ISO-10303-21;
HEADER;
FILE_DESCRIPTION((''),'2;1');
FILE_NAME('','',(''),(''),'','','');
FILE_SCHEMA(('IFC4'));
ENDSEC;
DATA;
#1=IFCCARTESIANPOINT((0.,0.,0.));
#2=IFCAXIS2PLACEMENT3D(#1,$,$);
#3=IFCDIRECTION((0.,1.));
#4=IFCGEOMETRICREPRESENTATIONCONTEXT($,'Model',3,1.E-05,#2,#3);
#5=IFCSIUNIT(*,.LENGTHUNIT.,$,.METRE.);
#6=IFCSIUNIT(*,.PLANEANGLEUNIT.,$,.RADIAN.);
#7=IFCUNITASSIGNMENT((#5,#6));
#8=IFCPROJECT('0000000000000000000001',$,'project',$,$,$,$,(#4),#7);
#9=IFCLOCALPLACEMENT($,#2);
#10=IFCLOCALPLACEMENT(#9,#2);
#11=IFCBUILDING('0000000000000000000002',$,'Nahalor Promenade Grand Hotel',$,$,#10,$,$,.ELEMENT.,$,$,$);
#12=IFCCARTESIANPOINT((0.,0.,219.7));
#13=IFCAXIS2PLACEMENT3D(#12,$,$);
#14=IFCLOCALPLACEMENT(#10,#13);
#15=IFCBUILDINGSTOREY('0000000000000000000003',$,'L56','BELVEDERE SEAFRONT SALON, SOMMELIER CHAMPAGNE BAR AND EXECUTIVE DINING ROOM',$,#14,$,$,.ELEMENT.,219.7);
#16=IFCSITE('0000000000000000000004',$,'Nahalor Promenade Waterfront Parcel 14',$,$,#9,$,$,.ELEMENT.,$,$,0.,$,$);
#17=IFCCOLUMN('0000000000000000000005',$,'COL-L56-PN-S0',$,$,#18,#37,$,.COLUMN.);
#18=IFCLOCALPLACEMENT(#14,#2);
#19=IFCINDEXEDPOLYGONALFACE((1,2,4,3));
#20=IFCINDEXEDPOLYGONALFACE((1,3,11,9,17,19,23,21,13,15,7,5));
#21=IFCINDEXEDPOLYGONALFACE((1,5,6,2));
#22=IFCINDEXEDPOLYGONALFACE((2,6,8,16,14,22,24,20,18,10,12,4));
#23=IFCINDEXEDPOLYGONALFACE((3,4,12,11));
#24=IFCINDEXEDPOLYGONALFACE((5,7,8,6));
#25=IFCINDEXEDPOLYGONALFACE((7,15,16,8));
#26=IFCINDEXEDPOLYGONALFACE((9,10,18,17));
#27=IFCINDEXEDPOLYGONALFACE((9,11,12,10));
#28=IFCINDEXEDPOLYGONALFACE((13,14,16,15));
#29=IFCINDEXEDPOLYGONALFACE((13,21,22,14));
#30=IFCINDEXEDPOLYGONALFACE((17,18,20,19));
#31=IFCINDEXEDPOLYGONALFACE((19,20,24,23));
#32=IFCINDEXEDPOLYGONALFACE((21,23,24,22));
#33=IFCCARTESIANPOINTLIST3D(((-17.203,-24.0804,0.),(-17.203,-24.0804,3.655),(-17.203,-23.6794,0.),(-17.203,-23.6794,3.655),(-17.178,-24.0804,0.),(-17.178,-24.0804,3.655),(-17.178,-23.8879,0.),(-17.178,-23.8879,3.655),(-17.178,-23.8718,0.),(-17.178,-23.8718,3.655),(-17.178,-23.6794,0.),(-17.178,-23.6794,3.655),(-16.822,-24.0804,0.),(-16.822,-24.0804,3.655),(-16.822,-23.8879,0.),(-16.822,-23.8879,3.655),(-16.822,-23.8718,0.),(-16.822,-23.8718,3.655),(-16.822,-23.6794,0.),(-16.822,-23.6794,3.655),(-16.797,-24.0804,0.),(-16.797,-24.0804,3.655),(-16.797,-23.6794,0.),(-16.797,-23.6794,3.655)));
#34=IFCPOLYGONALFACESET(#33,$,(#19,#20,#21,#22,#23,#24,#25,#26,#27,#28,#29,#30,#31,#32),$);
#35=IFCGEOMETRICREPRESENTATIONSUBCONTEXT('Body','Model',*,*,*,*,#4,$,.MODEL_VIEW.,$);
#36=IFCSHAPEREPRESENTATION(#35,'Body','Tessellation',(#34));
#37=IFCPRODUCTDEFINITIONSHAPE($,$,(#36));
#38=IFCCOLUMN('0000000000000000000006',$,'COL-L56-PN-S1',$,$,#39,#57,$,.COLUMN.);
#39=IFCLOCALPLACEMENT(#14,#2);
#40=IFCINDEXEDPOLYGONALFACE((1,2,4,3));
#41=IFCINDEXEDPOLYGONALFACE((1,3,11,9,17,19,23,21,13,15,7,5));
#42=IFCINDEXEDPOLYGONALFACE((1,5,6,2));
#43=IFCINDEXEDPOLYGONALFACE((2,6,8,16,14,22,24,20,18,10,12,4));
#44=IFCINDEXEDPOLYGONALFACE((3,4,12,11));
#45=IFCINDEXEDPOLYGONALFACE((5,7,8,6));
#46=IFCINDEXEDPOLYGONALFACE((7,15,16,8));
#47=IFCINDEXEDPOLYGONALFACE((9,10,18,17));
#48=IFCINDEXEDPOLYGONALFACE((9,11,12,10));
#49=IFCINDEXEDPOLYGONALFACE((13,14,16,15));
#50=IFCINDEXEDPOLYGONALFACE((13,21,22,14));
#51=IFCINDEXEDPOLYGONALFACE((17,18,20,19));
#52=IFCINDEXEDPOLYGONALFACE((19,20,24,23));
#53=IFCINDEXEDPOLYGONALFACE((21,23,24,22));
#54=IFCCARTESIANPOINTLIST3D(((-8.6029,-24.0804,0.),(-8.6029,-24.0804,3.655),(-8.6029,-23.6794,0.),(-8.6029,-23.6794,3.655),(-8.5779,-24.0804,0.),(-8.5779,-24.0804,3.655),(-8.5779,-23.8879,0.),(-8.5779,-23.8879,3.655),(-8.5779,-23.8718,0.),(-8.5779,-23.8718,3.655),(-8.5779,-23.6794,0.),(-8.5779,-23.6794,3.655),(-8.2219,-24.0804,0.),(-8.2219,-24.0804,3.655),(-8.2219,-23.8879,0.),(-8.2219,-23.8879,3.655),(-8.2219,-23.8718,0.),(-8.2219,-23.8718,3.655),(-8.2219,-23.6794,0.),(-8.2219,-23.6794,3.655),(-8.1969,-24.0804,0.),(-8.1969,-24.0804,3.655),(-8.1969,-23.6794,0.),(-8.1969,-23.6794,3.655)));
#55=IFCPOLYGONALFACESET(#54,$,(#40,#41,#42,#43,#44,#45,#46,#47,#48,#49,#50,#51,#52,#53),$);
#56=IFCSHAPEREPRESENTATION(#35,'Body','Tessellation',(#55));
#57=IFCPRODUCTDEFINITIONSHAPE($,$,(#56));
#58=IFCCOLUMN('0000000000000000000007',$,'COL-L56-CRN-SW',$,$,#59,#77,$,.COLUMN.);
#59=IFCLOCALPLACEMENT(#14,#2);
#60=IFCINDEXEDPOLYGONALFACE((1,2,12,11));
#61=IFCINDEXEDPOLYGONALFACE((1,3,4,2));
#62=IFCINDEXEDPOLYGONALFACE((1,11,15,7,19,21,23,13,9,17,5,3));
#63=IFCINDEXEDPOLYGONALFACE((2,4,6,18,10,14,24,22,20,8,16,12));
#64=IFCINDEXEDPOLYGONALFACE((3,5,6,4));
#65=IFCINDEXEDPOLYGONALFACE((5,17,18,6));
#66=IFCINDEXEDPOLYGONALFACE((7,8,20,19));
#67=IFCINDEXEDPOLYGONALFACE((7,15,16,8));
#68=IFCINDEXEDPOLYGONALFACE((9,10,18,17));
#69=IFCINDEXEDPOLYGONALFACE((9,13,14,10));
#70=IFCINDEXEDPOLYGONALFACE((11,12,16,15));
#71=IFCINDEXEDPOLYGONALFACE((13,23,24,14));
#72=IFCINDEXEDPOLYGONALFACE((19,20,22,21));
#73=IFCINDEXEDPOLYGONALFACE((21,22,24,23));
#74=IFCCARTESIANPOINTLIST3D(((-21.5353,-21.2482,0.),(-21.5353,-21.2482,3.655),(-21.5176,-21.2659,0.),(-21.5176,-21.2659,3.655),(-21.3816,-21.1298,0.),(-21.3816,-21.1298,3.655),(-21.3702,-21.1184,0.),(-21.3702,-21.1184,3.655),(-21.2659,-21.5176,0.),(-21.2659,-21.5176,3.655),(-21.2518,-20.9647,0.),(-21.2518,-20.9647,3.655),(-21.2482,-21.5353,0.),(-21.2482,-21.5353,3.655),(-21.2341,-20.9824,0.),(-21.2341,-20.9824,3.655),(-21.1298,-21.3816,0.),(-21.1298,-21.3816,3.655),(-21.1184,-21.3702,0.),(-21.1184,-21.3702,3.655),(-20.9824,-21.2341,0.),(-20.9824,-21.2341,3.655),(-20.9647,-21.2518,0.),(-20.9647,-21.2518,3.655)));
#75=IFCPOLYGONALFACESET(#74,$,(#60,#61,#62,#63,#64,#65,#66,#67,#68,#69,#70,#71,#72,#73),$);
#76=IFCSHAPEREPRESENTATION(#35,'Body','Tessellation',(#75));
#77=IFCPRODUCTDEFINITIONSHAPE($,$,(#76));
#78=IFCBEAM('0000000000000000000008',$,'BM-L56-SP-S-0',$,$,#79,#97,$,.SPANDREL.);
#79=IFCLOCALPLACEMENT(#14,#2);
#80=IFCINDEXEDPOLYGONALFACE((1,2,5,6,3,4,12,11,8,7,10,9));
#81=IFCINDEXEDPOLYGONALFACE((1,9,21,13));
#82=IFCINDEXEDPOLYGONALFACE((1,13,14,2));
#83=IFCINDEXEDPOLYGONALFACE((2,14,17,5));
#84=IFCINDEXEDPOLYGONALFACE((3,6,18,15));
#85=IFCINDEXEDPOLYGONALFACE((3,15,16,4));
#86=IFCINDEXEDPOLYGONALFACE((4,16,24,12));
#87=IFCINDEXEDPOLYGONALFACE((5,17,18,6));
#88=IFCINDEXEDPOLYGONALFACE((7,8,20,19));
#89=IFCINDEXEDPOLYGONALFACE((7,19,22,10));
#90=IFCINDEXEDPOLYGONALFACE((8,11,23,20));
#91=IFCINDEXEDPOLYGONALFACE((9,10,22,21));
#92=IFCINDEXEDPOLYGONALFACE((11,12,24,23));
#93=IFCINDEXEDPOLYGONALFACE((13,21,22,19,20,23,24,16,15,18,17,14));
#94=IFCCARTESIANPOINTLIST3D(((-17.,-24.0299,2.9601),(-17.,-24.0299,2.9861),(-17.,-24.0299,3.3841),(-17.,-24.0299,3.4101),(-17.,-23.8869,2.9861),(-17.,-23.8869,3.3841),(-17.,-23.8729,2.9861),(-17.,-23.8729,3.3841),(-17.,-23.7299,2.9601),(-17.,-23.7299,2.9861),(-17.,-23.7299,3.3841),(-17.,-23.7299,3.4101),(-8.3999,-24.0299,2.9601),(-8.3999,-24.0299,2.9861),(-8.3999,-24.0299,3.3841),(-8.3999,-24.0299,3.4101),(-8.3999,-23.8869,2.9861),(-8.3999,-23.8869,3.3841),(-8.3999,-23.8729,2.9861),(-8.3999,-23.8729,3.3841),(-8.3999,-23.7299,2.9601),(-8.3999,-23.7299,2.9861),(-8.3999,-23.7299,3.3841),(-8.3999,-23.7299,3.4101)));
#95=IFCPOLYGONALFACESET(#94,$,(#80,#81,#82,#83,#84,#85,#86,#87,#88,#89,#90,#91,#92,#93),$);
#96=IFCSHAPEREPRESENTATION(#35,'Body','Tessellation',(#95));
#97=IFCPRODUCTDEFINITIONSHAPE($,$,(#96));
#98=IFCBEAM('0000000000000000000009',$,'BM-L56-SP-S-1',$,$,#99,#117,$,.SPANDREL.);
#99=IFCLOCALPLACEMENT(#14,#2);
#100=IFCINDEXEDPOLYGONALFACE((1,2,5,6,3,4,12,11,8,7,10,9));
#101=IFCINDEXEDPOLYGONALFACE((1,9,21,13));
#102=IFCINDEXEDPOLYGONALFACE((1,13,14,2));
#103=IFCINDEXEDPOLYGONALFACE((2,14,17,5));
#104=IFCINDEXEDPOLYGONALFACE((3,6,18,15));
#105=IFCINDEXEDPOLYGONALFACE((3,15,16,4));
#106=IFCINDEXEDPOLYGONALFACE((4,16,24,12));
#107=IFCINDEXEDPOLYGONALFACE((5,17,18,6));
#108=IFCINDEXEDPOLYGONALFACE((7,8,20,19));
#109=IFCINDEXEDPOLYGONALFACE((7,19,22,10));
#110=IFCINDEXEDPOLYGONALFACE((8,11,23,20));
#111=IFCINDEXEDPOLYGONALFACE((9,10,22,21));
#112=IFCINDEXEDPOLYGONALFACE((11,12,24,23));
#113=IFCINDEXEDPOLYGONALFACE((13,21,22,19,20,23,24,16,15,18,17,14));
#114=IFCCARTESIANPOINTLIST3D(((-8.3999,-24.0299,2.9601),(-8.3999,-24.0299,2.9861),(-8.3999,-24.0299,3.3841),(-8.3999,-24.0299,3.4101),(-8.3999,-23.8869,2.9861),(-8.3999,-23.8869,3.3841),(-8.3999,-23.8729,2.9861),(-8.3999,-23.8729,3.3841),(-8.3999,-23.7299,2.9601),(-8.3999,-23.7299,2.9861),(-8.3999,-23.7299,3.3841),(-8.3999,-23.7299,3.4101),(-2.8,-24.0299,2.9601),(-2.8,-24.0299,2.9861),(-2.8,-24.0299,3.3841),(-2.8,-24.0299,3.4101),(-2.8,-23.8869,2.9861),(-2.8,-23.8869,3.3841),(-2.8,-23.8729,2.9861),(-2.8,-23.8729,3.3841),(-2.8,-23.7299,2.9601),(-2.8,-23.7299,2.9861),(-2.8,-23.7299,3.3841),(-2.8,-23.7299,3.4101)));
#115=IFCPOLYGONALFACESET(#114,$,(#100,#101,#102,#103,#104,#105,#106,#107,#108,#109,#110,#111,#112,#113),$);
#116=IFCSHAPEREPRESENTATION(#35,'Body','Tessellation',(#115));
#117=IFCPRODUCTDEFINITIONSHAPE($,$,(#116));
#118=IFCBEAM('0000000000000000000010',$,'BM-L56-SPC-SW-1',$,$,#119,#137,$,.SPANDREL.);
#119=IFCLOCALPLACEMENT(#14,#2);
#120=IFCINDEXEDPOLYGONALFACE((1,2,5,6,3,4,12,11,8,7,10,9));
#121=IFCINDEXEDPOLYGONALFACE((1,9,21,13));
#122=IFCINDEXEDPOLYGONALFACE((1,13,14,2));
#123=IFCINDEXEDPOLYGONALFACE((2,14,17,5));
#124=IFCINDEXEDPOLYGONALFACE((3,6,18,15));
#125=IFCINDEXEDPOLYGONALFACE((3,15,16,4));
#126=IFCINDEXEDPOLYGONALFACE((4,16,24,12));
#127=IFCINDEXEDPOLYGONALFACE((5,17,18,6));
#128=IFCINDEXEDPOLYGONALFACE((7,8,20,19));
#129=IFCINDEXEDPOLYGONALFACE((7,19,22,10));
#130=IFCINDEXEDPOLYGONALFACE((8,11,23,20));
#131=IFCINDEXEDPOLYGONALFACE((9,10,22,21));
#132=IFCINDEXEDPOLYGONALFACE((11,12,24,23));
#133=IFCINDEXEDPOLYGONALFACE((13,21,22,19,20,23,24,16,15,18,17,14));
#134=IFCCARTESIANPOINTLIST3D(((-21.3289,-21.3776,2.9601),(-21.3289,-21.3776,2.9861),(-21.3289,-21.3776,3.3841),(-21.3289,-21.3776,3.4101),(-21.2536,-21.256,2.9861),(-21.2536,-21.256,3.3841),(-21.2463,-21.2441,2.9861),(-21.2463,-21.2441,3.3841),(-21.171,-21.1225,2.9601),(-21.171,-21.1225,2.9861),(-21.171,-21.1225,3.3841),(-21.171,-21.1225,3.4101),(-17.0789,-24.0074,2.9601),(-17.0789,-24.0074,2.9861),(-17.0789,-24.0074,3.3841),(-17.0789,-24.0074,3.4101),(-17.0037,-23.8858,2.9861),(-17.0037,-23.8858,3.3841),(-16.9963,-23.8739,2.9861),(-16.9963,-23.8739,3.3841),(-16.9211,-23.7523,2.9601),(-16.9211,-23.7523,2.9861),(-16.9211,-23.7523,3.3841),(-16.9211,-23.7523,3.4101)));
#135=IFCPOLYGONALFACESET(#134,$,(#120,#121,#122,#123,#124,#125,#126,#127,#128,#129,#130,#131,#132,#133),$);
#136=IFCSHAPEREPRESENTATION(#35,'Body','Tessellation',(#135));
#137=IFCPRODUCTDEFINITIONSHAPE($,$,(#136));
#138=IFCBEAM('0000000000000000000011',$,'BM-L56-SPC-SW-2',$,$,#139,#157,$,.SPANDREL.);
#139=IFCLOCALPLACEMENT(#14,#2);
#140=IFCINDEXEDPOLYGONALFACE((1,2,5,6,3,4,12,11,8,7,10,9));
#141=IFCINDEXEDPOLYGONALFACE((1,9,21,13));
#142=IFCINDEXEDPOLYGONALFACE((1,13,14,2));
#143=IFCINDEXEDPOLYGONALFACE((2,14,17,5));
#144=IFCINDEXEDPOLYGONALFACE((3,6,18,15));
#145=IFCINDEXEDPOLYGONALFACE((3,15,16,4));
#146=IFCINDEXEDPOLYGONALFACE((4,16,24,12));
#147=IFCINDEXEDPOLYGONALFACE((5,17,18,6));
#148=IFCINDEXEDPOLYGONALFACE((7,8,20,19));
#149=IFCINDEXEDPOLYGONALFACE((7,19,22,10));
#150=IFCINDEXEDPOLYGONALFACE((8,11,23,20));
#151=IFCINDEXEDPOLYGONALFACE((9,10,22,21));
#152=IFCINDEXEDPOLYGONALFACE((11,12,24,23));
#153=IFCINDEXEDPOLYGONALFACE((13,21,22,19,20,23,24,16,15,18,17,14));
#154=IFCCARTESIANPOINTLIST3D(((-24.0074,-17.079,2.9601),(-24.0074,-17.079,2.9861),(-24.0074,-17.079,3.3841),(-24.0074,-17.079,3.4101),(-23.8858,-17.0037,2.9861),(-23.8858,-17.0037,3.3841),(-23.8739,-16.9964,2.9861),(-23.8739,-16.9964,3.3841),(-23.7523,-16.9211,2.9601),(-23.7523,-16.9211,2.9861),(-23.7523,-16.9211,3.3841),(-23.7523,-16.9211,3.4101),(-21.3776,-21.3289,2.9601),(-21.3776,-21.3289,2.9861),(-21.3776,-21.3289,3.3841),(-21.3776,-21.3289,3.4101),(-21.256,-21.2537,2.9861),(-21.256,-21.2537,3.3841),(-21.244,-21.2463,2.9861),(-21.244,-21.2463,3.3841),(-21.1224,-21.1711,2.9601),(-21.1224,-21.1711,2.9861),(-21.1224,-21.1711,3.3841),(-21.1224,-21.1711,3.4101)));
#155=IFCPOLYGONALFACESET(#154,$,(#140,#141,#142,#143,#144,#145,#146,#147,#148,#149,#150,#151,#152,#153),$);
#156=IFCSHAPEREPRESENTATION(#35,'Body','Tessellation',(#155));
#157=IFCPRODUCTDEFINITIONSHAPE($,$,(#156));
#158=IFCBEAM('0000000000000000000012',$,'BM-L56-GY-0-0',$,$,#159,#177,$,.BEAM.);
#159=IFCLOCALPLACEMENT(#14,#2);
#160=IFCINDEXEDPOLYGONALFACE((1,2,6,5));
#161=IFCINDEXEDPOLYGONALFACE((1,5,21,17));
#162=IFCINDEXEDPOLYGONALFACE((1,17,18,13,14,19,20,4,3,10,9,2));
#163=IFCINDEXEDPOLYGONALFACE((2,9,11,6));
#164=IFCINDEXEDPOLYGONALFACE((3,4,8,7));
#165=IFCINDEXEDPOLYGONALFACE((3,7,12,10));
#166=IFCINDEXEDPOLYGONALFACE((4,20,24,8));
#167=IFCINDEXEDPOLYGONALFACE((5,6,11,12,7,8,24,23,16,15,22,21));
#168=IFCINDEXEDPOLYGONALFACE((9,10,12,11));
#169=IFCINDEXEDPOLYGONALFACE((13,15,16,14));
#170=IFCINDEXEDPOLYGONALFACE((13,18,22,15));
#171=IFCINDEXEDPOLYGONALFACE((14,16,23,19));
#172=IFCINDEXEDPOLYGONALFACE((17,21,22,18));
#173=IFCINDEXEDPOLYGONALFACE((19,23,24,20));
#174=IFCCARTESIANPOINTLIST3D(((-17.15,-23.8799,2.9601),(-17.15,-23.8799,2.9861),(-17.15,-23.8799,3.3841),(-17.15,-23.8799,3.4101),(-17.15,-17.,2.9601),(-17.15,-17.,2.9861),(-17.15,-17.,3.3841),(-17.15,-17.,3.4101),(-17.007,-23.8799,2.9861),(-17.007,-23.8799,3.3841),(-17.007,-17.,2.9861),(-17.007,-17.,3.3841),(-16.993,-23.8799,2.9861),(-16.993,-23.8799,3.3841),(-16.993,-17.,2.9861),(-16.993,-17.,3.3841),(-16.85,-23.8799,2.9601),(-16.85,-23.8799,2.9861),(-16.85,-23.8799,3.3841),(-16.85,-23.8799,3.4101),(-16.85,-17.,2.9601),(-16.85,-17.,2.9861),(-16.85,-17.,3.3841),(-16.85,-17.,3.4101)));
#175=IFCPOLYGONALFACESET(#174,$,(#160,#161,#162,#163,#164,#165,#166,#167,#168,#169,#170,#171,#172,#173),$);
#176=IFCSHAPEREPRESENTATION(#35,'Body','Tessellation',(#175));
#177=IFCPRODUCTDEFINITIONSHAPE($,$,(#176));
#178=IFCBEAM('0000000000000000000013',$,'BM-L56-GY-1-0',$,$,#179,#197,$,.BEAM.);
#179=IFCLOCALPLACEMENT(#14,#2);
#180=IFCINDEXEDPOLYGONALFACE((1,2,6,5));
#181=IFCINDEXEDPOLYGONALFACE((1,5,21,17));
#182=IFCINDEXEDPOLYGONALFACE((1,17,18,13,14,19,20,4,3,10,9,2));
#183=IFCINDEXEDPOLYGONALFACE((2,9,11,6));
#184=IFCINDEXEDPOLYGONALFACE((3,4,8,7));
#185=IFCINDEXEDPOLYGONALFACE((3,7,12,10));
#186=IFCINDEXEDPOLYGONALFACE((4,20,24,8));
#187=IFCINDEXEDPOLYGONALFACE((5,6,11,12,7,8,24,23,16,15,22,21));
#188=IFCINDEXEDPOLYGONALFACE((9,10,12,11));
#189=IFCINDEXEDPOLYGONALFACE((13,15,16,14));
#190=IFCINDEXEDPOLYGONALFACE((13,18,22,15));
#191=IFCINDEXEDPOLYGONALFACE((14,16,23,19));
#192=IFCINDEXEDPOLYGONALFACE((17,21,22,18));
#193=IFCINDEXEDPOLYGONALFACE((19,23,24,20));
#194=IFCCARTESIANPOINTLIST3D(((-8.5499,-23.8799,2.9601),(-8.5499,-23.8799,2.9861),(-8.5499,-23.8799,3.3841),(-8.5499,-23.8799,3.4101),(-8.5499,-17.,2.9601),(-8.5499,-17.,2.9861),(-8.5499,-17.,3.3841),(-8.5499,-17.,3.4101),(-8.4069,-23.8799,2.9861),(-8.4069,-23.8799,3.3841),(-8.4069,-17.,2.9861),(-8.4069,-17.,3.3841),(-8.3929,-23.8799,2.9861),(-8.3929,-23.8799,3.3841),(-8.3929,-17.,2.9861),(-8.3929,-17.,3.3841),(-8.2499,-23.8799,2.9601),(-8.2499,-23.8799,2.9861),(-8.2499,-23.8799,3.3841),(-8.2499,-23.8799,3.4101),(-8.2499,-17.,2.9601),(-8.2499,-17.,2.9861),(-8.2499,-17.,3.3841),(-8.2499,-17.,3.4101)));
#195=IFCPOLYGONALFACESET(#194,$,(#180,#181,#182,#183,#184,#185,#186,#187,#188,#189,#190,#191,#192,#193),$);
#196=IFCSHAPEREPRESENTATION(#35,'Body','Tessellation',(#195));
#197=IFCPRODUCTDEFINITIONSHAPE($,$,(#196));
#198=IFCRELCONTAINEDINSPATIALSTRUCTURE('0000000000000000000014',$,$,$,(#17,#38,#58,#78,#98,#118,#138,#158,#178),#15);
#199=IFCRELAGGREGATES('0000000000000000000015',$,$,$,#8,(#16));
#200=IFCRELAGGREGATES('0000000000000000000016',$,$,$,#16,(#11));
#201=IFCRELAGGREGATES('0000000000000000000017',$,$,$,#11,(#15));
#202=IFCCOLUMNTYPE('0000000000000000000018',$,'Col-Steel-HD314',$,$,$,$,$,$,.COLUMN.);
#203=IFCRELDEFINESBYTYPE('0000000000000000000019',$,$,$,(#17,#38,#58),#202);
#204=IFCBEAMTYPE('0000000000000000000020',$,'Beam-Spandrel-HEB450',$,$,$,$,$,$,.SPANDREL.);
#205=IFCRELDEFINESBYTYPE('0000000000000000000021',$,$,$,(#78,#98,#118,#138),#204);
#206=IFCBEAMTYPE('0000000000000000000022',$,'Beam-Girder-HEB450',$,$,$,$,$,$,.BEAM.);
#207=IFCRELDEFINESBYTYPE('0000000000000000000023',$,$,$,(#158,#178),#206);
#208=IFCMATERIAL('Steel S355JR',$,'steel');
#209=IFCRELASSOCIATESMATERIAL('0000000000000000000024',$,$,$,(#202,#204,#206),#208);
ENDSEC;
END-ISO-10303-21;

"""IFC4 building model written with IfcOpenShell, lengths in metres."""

from ifc_helpers import new_model, si_unit, direction, frame, origin, origin_2d, place, context, subcontext, project, spatial, i_section, extrude, source, transform, mapped, material, material_profile, profile_set, type_object, element, save


model = new_model("IFC4")

# Units and contexts
model_context = context("Model", 3, precision=1e-05, world=origin(), true_north=direction((0.0, 1.0)))
body_context = subcontext(model_context, "Body", "Model", "MODEL_VIEW")
ifc_project = project(units=[si_unit("LENGTHUNIT", "METRE"), si_unit("PLANEANGLEUNIT", "RADIAN")], contexts=[model_context])

# Site, building, storey
site_placement = place(None, origin())
site = spatial("IfcSite", under=ifc_project, at=site_placement, Name="Nahalor Promenade Waterfront Parcel 14", CompositionType="ELEMENT", RefElevation=0.0)
building_placement = place(site_placement, origin())
building = spatial("IfcBuilding", under=site, at=building_placement, Name="Nahalor Promenade Grand Hotel", CompositionType="ELEMENT")
storey_placement = place(building_placement, frame((0.0, 0.0, 219.7)))
storey = spatial("IfcBuildingStorey", under=building, at=storey_placement, Name="L56", Description="BELVEDERE SEAFRONT SALON, SOMMELIER CHAMPAGNE BAR AND EXECUTIVE DINING ROOM", CompositionType="ELEMENT", Elevation=219.7)

# Columns
ifc_material_1 = material(Name="Steel S355JR", Category="steel")
ifc_material_profile_1 = material_profile(ifc_material_1, i_section(OverallWidth=0.401, OverallDepth=0.406, WebThickness=0.0161, FlangeThickness=0.025, at=origin_2d()), Name="HD 400x314")
ifc_profile_set_1 = profile_set([ifc_material_profile_1], Name="Steel S355JR")
column_type = type_object("IfcColumnType", Name="Col-Steel-HD314", PredefinedType="COLUMN", material=ifc_profile_set_1)
shared_shape_1 = source(origin(), body_context, "Body", "SweptSolid", [
    extrude(i_section(OverallWidth=0.401, OverallDepth=0.406, WebThickness=0.0161, FlangeThickness=0.025, at=origin_2d()), origin(), (0.0, 0.0, 1.0), 3.655),
])
for number, where, z_axis, x_axis, name in (
    (1, (-17.0, -23.8799, 0.0), (0.0, 0.0, 1.0), (0.0, 1.0, 0.0), "COL-L56-PN-S0"),
    (2, (-8.3999, -23.8799, 0.0), (0.0, 0.0, 1.0), (0.0, 1.0, 0.0), "COL-L56-PN-S1"),
    (3, (-21.25, -21.25, 0.0), (0.0, 0.0, 1.0), (0.707107, 0.707107, 0.0), "COL-L56-CRN-SW"),
):
    element("IfcColumn", number, at=place(storey_placement, frame(where, z_axis=z_axis, x_axis=x_axis)), inside=storey, type_object=column_type, Name=name, PredefinedType="COLUMN", context=body_context, shape_type="MappedRepresentation", body=[
        mapped(shared_shape_1, transform((0.0, 0.0, 0.0), scale=1.0)),
    ])

# Beams
ifc_material_profile_2 = material_profile(ifc_material_1, i_section(OverallWidth=0.3, OverallDepth=0.45, WebThickness=0.014, FlangeThickness=0.026, at=origin_2d()), Name="HEB 450")
ifc_profile_set_2 = profile_set([ifc_material_profile_2], Name="Steel S355JR")
beam_type_1 = type_object("IfcBeamType", Name="Beam-Spandrel-HEB450", PredefinedType="SPANDREL", material=ifc_profile_set_2)
shared_shape_2 = source(origin(), body_context, "Body", "SweptSolid", [
    extrude(i_section(OverallWidth=0.3, OverallDepth=0.45, WebThickness=0.014, FlangeThickness=0.026, at=origin_2d()), origin(), (0.0, 0.0, 1.0), 8.6001),
])
beam_1_placement = place(storey_placement, frame((-17.0, -23.8799, 3.1851), z_axis=(1.0, 0.0, 0.0), x_axis=(0.0, 1.0, 0.0)))
element("IfcBeam", 4, at=beam_1_placement, inside=storey, type_object=beam_type_1, Name="BM-L56-SP-S-0", PredefinedType="SPANDREL", context=body_context, shape_type="MappedRepresentation", body=[
    mapped(shared_shape_2, transform((0.0, 0.0, 0.0), scale=1.0)),
])
shared_shape_3 = source(origin(), body_context, "Body", "SweptSolid", [
    extrude(i_section(OverallWidth=0.3, OverallDepth=0.45, WebThickness=0.014, FlangeThickness=0.026, at=origin_2d()), origin(), (0.0, 0.0, 1.0), 5.5999),
])
beam_2_placement = place(storey_placement, frame((-8.3999, -23.8799, 3.1851), z_axis=(1.0, 0.0, 0.0), x_axis=(0.0, 1.0, 0.0)))
element("IfcBeam", 5, at=beam_2_placement, inside=storey, type_object=beam_type_1, Name="BM-L56-SP-S-1", PredefinedType="SPANDREL", context=body_context, shape_type="MappedRepresentation", body=[
    mapped(shared_shape_3, transform((0.0, 0.0, 0.0), scale=1.0)),
])
shared_shape_4 = source(origin(), body_context, "Body", "SweptSolid", [
    extrude(i_section(OverallWidth=0.3, OverallDepth=0.45, WebThickness=0.014, FlangeThickness=0.026, at=origin_2d()), origin(), (0.0, 0.0, 1.0), 4.9978),
])
for number, where, z_axis, x_axis, name in (
    (6, (-17.0, -23.8799, 3.1851), (-0.850361, 0.5262, 0.0), (-0.5262, -0.850361, 0.0), "BM-L56-SPC-SW-1"),
    (7, (-21.25, -21.25, 3.1851), (-0.5262, 0.850361, 0.0), (-0.850361, -0.5262, 0.0), "BM-L56-SPC-SW-2"),
):
    element("IfcBeam", number, at=place(storey_placement, frame(where, z_axis=z_axis, x_axis=x_axis)), inside=storey, type_object=beam_type_1, Name=name, PredefinedType="SPANDREL", context=body_context, shape_type="MappedRepresentation", body=[
        mapped(shared_shape_4, transform((0.0, 0.0, 0.0), scale=1.0)),
    ])
ifc_material_profile_3 = material_profile(ifc_material_1, i_section(OverallWidth=0.3, OverallDepth=0.45, WebThickness=0.014, FlangeThickness=0.026, at=origin_2d()), Name="HEB 450")
ifc_profile_set_3 = profile_set([ifc_material_profile_3], Name="Steel S355JR")
beam_type_2 = type_object("IfcBeamType", Name="Beam-Girder-HEB450", PredefinedType="BEAM", material=ifc_profile_set_3)
shared_shape_5 = source(origin(), body_context, "Body", "SweptSolid", [
    extrude(i_section(OverallWidth=0.3, OverallDepth=0.45, WebThickness=0.014, FlangeThickness=0.026, at=origin_2d()), origin(), (0.0, 0.0, 1.0), 6.8799),
])
for number, where, z_axis, x_axis, name in (
    (8, (-17.0, -23.8799, 3.1851), (0.0, 1.0, 0.0), (-1.0, 0.0, 0.0), "BM-L56-GY-0-0"),
    (9, (-8.3999, -23.8799, 3.1851), (0.0, 1.0, 0.0), (-1.0, 0.0, 0.0), "BM-L56-GY-1-0"),
):
    element("IfcBeam", number, at=place(storey_placement, frame(where, z_axis=z_axis, x_axis=x_axis)), inside=storey, type_object=beam_type_2, Name=name, PredefinedType="BEAM", context=body_context, shape_type="MappedRepresentation", body=[
        mapped(shared_shape_5, transform((0.0, 0.0, 0.0), scale=1.0)),
    ])

save(model, "model.ifc")
